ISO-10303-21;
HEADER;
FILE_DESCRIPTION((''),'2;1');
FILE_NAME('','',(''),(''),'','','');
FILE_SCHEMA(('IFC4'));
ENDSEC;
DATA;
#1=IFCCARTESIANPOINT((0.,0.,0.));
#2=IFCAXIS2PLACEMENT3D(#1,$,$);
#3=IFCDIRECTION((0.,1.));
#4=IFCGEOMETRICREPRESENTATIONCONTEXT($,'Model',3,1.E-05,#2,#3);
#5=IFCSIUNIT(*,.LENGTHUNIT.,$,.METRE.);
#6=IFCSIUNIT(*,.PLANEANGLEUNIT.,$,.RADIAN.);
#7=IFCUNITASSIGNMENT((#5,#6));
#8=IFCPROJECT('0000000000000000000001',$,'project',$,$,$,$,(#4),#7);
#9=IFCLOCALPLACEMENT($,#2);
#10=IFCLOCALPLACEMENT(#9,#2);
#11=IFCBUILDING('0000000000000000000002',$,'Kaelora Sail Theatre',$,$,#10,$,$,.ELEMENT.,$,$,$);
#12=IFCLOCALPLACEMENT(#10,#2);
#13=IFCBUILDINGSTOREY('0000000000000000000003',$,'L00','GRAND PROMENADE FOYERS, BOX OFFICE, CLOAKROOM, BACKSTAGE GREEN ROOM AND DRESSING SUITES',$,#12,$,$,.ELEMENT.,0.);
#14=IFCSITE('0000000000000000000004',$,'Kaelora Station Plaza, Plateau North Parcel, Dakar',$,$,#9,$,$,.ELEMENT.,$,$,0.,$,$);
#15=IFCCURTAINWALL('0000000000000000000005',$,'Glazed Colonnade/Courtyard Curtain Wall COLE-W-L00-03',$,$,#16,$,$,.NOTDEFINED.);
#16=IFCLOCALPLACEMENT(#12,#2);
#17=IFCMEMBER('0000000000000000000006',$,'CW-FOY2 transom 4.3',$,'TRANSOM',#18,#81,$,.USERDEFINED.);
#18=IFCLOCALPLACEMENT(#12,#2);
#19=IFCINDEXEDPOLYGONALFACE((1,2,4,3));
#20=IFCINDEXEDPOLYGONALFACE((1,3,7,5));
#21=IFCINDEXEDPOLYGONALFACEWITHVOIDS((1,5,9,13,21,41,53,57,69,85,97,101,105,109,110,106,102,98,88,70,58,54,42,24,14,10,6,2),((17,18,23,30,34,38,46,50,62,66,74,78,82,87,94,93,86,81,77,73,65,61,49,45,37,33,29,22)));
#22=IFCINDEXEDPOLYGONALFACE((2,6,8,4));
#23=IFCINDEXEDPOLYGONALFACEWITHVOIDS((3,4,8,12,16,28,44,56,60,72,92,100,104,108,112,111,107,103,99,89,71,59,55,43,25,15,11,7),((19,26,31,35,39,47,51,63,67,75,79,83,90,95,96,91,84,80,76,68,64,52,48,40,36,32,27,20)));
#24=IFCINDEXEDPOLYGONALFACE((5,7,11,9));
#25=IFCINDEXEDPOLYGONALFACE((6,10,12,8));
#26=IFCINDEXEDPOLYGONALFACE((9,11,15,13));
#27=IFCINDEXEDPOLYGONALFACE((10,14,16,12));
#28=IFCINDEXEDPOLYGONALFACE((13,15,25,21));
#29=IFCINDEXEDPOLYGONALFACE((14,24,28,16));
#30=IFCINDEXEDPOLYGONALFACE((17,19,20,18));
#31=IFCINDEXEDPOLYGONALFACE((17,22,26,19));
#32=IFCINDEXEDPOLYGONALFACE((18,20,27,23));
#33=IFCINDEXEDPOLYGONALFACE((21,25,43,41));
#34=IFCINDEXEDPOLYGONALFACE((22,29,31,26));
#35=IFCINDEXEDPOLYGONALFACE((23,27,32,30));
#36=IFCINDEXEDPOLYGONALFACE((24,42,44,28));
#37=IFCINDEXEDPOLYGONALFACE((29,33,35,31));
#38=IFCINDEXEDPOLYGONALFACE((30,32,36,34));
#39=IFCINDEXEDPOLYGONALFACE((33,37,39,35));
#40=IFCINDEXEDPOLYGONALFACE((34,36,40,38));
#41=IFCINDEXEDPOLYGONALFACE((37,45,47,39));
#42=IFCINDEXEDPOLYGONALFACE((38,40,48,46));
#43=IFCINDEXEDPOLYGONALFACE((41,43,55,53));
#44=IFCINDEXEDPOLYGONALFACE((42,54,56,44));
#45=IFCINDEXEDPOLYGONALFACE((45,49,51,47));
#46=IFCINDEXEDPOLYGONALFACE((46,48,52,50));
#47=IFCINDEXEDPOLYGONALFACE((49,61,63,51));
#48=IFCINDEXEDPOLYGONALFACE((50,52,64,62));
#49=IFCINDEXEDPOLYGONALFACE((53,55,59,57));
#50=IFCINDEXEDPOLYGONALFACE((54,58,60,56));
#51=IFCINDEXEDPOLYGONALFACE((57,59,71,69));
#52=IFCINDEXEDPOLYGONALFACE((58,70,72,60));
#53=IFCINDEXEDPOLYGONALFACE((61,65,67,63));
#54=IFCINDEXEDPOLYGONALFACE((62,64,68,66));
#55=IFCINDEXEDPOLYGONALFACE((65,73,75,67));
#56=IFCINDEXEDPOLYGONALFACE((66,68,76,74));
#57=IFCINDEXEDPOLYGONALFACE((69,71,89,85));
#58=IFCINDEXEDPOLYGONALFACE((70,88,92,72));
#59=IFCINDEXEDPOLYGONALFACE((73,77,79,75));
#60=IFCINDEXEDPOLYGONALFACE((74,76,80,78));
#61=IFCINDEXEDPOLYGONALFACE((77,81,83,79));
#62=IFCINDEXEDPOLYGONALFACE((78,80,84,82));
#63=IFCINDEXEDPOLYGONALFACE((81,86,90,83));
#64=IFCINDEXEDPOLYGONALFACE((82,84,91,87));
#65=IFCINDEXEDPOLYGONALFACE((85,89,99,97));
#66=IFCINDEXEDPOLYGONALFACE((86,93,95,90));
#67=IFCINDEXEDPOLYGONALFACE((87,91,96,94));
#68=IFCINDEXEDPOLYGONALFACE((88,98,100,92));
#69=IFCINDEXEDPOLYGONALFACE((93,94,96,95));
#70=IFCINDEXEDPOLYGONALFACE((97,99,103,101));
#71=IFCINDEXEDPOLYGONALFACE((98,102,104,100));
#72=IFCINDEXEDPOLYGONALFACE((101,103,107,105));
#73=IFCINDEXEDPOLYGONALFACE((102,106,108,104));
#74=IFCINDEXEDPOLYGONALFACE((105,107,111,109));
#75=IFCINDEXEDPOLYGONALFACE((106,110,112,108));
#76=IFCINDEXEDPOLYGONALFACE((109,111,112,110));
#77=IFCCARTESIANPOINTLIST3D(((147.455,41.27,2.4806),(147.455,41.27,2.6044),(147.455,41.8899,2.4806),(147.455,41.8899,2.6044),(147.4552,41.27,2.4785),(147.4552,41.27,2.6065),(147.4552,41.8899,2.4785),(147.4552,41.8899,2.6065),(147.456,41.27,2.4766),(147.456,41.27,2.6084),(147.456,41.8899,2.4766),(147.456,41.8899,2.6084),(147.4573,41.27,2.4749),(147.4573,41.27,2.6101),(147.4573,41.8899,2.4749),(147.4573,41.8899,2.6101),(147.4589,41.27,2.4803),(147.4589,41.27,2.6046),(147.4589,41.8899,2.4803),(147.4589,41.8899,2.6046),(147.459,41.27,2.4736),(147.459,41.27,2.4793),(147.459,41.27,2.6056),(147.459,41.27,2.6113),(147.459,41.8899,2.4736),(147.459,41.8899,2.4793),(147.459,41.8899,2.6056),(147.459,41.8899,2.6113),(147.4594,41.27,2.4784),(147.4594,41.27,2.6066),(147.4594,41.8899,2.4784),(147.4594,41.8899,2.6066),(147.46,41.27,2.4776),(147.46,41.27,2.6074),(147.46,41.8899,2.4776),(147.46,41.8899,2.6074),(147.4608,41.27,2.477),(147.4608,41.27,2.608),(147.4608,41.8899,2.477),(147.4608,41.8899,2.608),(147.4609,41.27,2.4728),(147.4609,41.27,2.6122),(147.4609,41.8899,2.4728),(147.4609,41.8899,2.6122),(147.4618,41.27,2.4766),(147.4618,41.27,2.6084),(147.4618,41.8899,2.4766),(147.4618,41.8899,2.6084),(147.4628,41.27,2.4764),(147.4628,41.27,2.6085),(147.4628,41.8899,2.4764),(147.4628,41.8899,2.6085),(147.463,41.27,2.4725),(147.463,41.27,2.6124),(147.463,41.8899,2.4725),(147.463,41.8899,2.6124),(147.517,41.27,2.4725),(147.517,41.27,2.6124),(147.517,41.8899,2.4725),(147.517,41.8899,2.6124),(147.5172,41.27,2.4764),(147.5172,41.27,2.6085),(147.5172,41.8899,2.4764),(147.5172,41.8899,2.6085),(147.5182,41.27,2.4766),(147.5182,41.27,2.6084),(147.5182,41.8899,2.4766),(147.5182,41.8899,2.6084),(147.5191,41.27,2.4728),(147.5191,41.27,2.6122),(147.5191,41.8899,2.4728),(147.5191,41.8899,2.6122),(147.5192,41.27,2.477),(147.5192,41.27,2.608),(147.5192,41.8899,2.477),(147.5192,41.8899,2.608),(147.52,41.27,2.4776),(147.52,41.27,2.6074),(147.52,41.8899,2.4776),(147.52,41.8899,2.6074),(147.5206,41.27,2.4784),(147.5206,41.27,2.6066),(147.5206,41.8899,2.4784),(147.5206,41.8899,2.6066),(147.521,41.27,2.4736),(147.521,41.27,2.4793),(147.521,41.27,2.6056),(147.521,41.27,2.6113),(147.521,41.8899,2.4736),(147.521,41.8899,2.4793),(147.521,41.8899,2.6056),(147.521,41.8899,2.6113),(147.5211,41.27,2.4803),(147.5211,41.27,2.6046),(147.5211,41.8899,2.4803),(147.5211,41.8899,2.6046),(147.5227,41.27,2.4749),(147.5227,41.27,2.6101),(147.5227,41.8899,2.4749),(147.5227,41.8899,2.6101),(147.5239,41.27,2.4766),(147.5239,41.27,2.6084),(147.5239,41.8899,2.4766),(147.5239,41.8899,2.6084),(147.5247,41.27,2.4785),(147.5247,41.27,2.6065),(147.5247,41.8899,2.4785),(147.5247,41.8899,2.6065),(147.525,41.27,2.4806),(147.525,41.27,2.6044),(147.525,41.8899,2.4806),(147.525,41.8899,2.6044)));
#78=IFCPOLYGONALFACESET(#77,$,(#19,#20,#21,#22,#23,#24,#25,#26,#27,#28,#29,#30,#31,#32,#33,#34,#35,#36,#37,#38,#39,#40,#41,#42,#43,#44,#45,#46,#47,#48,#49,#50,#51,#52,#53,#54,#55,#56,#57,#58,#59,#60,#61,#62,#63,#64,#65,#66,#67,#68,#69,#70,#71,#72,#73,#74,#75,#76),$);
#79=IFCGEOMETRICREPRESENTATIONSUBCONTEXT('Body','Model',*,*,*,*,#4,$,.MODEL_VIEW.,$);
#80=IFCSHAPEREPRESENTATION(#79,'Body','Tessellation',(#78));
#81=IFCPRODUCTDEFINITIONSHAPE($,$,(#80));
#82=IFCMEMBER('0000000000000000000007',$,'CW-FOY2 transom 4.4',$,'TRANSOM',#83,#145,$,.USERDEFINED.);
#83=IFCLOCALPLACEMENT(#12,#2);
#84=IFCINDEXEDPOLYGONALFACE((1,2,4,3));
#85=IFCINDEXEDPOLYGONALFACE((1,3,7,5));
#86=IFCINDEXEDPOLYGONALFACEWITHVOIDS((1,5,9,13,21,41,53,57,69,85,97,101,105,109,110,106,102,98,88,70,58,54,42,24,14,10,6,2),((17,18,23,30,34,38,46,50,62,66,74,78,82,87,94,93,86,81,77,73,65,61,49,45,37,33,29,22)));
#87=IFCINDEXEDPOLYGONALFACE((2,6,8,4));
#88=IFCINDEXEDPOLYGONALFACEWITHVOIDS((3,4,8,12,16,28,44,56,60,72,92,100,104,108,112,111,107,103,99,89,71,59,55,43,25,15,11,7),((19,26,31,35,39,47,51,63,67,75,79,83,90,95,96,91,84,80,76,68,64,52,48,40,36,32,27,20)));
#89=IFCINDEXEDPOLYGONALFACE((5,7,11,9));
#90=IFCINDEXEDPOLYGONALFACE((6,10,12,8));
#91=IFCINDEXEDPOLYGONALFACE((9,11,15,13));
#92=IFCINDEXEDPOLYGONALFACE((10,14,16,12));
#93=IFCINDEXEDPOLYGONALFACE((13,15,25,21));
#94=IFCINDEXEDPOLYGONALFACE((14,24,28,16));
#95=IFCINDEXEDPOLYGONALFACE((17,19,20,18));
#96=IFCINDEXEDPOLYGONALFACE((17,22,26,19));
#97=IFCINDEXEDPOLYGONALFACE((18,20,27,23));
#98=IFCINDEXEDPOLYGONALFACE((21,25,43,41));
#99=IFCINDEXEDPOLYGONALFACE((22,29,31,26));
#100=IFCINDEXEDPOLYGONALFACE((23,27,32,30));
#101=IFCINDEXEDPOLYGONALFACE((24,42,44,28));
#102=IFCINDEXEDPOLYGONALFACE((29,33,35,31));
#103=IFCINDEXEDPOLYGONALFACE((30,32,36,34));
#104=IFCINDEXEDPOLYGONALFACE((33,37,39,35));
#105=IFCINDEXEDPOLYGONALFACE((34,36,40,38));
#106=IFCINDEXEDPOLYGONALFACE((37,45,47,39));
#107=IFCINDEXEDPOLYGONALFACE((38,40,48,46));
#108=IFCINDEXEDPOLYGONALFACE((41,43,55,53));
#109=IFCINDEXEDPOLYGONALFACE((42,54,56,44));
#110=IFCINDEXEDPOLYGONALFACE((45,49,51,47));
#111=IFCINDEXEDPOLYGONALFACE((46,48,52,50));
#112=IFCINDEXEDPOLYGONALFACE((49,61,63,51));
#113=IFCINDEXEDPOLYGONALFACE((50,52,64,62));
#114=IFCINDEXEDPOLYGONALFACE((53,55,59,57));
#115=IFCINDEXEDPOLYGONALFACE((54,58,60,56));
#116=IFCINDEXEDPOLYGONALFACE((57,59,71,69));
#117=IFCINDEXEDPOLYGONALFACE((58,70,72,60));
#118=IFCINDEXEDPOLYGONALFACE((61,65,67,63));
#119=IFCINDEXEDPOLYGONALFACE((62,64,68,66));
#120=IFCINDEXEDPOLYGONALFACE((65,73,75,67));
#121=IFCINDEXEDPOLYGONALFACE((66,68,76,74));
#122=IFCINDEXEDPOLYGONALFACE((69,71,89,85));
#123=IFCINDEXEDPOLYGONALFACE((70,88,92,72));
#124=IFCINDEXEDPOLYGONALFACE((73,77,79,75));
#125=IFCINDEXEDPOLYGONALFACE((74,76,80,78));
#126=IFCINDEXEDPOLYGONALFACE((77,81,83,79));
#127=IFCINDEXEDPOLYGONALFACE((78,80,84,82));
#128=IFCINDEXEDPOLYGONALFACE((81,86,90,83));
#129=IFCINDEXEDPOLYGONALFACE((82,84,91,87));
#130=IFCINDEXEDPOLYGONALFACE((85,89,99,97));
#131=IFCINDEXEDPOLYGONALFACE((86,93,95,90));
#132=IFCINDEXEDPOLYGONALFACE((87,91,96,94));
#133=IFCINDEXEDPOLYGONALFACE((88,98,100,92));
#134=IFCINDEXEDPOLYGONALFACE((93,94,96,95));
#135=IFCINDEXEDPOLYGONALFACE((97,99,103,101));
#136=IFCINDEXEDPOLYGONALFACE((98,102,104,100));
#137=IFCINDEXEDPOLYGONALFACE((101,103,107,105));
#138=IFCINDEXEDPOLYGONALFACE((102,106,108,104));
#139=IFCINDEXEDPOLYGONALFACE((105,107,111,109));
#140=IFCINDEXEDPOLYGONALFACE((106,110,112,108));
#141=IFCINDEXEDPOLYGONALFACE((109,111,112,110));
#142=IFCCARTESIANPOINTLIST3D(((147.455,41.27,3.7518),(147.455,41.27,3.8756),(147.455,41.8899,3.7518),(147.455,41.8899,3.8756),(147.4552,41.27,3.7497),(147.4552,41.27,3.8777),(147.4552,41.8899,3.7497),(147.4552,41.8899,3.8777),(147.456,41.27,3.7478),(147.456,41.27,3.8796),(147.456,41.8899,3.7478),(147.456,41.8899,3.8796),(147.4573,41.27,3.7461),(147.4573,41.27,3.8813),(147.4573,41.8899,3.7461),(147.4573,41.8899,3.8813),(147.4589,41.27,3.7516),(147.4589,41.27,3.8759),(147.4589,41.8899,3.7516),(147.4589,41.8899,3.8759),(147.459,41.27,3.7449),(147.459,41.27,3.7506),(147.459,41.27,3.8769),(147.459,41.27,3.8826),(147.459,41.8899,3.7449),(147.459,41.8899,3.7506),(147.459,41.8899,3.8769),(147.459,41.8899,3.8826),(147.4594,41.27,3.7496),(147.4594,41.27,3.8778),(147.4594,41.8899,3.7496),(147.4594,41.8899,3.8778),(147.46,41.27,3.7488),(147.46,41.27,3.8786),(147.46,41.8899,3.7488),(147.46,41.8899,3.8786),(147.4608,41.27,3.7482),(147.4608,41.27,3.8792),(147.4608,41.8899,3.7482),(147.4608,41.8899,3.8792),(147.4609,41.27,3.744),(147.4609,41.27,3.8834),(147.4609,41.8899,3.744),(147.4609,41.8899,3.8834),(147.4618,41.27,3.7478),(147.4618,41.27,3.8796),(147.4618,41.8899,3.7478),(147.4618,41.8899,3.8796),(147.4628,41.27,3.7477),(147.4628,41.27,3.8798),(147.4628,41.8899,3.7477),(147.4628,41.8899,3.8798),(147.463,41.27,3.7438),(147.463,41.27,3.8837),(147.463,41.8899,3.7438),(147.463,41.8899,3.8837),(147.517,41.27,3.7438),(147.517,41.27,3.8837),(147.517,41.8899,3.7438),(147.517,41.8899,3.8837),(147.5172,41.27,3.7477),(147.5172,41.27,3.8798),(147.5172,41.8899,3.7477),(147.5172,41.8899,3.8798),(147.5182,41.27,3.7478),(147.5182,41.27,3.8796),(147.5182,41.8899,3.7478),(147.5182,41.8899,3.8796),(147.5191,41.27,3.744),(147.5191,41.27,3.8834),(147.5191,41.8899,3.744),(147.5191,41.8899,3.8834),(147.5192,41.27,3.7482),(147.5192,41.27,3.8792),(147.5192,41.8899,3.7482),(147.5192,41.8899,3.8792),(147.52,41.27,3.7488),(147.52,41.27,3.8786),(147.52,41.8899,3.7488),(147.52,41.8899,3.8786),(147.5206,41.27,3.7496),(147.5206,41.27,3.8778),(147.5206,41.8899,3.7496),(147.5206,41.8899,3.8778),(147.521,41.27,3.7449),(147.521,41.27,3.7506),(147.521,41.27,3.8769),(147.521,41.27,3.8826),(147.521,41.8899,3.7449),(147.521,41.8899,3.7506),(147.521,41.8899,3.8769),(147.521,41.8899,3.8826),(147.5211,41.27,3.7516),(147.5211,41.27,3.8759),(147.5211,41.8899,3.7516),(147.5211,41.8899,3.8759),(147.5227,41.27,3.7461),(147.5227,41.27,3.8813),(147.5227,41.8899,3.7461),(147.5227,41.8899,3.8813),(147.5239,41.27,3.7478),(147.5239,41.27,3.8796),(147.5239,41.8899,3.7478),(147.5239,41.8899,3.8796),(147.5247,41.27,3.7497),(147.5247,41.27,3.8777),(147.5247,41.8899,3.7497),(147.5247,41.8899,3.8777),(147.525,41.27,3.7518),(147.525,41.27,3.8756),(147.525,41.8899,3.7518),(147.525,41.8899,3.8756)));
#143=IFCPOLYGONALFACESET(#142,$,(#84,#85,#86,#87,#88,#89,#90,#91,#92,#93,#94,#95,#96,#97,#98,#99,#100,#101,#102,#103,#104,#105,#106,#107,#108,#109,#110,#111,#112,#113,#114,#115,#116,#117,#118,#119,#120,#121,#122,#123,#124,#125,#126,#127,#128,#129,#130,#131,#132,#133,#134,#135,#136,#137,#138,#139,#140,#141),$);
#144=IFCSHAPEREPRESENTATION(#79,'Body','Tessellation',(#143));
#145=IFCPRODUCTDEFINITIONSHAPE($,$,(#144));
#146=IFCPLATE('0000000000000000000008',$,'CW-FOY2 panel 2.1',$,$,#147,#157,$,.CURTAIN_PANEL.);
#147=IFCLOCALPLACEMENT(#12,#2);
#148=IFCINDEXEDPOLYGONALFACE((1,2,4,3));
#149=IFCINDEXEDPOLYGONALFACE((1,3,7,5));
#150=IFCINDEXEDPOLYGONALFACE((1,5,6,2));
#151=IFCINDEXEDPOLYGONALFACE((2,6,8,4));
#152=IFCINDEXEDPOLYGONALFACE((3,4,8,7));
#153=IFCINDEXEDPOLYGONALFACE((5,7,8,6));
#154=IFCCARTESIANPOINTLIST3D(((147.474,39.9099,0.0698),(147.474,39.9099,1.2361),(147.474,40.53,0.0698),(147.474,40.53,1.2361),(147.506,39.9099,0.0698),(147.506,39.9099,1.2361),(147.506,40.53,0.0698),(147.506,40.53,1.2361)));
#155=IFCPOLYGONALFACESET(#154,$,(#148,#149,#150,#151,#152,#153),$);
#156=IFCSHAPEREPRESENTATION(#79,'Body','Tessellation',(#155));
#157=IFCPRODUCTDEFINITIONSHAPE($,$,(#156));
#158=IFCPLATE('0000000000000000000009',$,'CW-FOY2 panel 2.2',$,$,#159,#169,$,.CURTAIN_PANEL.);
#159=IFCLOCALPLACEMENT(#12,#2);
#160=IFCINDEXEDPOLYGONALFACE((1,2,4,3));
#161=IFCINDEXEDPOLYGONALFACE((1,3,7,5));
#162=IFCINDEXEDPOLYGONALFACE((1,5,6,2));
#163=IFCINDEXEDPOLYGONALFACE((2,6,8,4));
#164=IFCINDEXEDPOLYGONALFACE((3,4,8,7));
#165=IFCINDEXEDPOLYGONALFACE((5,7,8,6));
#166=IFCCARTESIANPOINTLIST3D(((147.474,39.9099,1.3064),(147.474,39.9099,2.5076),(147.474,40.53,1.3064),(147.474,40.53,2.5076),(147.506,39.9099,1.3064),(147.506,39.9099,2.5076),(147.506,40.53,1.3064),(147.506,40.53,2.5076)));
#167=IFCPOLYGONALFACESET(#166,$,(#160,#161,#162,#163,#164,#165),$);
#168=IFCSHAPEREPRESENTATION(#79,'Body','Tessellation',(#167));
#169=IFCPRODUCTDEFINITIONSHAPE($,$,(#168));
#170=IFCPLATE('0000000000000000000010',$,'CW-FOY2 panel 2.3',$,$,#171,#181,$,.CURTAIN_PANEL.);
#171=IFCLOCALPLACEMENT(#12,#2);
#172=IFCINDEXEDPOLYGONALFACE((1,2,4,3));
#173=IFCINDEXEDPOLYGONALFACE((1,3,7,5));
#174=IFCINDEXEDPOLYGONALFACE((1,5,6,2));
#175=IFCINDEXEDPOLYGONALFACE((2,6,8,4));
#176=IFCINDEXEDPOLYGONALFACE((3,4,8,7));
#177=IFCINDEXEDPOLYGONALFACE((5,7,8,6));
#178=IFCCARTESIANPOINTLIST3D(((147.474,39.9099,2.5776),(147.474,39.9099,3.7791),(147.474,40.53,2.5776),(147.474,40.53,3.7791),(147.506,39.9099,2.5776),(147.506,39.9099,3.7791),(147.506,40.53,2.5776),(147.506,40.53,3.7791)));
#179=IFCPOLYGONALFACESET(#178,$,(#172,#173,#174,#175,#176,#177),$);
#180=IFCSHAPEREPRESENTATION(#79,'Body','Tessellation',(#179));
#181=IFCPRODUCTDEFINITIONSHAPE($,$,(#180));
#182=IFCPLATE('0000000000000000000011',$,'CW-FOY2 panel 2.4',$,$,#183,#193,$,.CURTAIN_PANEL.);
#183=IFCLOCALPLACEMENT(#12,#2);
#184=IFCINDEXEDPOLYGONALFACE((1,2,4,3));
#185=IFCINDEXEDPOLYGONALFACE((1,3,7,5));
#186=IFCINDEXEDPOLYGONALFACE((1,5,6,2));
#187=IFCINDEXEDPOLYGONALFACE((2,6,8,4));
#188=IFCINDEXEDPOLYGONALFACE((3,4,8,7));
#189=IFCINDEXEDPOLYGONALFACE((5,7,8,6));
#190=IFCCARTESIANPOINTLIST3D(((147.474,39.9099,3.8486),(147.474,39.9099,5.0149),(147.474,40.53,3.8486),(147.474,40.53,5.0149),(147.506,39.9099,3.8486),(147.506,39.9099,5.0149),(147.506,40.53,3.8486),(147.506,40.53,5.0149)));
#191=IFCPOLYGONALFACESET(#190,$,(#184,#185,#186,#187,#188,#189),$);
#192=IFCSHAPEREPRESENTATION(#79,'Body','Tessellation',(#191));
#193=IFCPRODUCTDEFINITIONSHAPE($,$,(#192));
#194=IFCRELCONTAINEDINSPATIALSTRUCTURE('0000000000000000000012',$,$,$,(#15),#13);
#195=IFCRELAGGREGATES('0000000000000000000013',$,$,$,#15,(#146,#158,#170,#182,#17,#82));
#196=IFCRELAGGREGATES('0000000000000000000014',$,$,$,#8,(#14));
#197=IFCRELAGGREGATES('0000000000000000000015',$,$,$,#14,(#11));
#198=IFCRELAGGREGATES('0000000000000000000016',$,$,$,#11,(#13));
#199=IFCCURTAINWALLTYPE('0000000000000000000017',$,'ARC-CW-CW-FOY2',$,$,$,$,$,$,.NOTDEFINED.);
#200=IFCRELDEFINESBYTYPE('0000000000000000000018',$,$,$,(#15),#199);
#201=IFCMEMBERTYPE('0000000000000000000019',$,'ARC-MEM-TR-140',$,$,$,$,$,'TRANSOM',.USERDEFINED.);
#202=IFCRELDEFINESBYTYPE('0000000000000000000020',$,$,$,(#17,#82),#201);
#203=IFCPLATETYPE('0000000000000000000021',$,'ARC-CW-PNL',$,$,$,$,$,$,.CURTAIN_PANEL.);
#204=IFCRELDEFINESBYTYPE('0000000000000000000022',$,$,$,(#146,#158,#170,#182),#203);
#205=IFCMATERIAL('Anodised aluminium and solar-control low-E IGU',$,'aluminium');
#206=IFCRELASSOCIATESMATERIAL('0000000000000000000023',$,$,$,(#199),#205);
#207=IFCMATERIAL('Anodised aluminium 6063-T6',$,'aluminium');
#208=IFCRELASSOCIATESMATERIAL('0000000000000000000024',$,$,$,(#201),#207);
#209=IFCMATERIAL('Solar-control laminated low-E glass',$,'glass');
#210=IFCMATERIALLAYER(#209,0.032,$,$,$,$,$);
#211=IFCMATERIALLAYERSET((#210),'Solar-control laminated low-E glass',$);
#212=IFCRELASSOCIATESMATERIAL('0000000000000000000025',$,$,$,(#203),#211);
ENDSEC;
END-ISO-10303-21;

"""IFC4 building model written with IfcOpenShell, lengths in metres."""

from ifc_helpers import new_model, si_unit, direction, frame, origin, origin_2d, place, context, subcontext, project, spatial, rectangle, hollow_rectangle, extrude, material, layer, layer_set, material_profile, profile_set, type_object, element, aggregate, save


model = new_model("IFC4")

# Units and contexts
model_context = context("Model", 3, precision=1e-05, world=origin(), true_north=direction((0.0, 1.0)))
body_context = subcontext(model_context, "Body", "Model", "MODEL_VIEW")
ifc_project = project(units=[si_unit("LENGTHUNIT", "METRE"), si_unit("PLANEANGLEUNIT", "RADIAN")], contexts=[model_context])

# Site, building, storey
site_placement = place(None, origin())
site = spatial("IfcSite", under=ifc_project, at=site_placement, Name="Kaelora Station Plaza, Plateau North Parcel, Dakar", CompositionType="ELEMENT", RefElevation=0.0)
building_placement = place(site_placement, origin())
building = spatial("IfcBuilding", under=site, at=building_placement, Name="Kaelora Sail Theatre", CompositionType="ELEMENT")
storey_placement = place(building_placement, origin())
storey = spatial("IfcBuildingStorey", under=building, at=storey_placement, Name="L00", Description="GRAND PROMENADE FOYERS, BOX OFFICE, CLOAKROOM, BACKSTAGE GREEN ROOM AND DRESSING SUITES", CompositionType="ELEMENT", Elevation=0.0)

# Curtain wall
ifc_material_1 = material(Name="Anodised aluminium and solar-control low-E IGU", Category="aluminium")
curtain_wall_type = type_object("IfcCurtainWallType", Name="ARC-CW-CW-FOY2", PredefinedType="NOTDEFINED", material=ifc_material_1)
curtain_wall_placement = place(storey_placement, origin())
curtain_wall = element("IfcCurtainWall", 1, at=curtain_wall_placement, inside=storey, type_object=curtain_wall_type, Name="Glazed Colonnade/Courtyard Curtain Wall COLE-W-L00-03", PredefinedType="NOTDEFINED")

# Members
ifc_material_2 = material(Name="Anodised aluminium 6063-T6", Category="aluminium")
ifc_material_profile_1 = material_profile(ifc_material_2, hollow_rectangle(XDim=0.0701, YDim=0.1399, WallThickness=0.0039, InnerFilletRadius=0.0039, OuterFilletRadius=0.0081, at=origin_2d()), Name="ALU-TRAN 70x140x4")
ifc_profile_set_1 = profile_set([ifc_material_profile_1], Name="Anodised aluminium 6063-T6")
member_type_1 = type_object("IfcMemberType", Name="ARC-MEM-TR-140", ElementType="TRANSOM", PredefinedType="USERDEFINED", material=ifc_profile_set_1)
member_1_placement = place(storey_placement, frame((147.49, 41.27, 2.5425), z_axis=(0.0, 1.0, 0.0), x_axis=(-1.0, 0.0, 0.0)))
member_1 = element("IfcMember", 2, at=member_1_placement, type_object=member_type_1, Name="CW-FOY2 transom 4.3", ObjectType="TRANSOM", PredefinedType="USERDEFINED", context=body_context, shape_type="SweptSolid", body=[
    extrude(hollow_rectangle(XDim=0.0701, YDim=0.1399, WallThickness=0.0039, InnerFilletRadius=0.0039, OuterFilletRadius=0.0081, at=origin_2d()), origin(), (0.0, 0.0, 1.0), 0.6199),
])
member_2_placement = place(storey_placement, frame((147.49, 41.27, 3.8137), z_axis=(0.0, 1.0, 0.0), x_axis=(-1.0, 0.0, 0.0)))
member_2 = element("IfcMember", 3, at=member_2_placement, type_object=member_type_1, Name="CW-FOY2 transom 4.4", ObjectType="TRANSOM", PredefinedType="USERDEFINED", context=body_context, shape_type="SweptSolid", body=[
    extrude(hollow_rectangle(XDim=0.0701, YDim=0.1399, WallThickness=0.0039, InnerFilletRadius=0.0039, OuterFilletRadius=0.0081, at=origin_2d()), origin(), (0.0, 0.0, 1.0), 0.6199),
])

# Plates
ifc_material_3 = material(Name="Solar-control laminated low-E glass", Category="glass")
ifc_layer_1 = layer(ifc_material_3, 0.032)
ifc_layer_set_1 = layer_set([ifc_layer_1], Name="Solar-control laminated low-E glass")
plate_type = type_object("IfcPlateType", Name="ARC-CW-PNL", PredefinedType="CURTAIN_PANEL", material=ifc_layer_set_1)
plate_1_placement = place(storey_placement, frame((147.49, 40.22, 0.0698), z_axis=(0.0, 0.0, 1.0), x_axis=(0.0, 1.0, 0.0)))
plate_1 = element("IfcPlate", 4, at=plate_1_placement, type_object=plate_type, Name="CW-FOY2 panel 2.1", PredefinedType="CURTAIN_PANEL", context=body_context, shape_type="SweptSolid", body=[
    extrude(rectangle(XDim=0.6201, YDim=0.032, at=origin_2d()), origin(), (0.0, 0.0, 1.0), 1.1663),
])
plate_2_placement = place(storey_placement, frame((147.49, 40.22, 1.3064), z_axis=(0.0, 0.0, 1.0), x_axis=(0.0, 1.0, 0.0)))
plate_2 = element("IfcPlate", 5, at=plate_2_placement, type_object=plate_type, Name="CW-FOY2 panel 2.2", PredefinedType="CURTAIN_PANEL", context=body_context, shape_type="SweptSolid", body=[
    extrude(rectangle(XDim=0.6201, YDim=0.032, at=origin_2d()), origin(), (0.0, 0.0, 1.0), 1.2012),
])
plate_3_placement = place(storey_placement, frame((147.49, 40.22, 2.5776), z_axis=(0.0, 0.0, 1.0), x_axis=(0.0, 1.0, 0.0)))
plate_3 = element("IfcPlate", 6, at=plate_3_placement, type_object=plate_type, Name="CW-FOY2 panel 2.3", PredefinedType="CURTAIN_PANEL", context=body_context, shape_type="SweptSolid", body=[
    extrude(rectangle(XDim=0.6201, YDim=0.032, at=origin_2d()), origin(), (0.0, 0.0, 1.0), 1.2014),
])
plate_4_placement = place(storey_placement, frame((147.49, 40.22, 3.8486), z_axis=(0.0, 0.0, 1.0), x_axis=(0.0, 1.0, 0.0)))
plate_4 = element("IfcPlate", 7, at=plate_4_placement, type_object=plate_type, Name="CW-FOY2 panel 2.4", PredefinedType="CURTAIN_PANEL", context=body_context, shape_type="SweptSolid", body=[
    extrude(rectangle(XDim=0.6201, YDim=0.032, at=origin_2d()), origin(), (0.0, 0.0, 1.0), 1.1663),
])
aggregate(curtain_wall, [plate_1, plate_2, plate_3, plate_4, member_1, member_2])

save(model, "model.ifc")
